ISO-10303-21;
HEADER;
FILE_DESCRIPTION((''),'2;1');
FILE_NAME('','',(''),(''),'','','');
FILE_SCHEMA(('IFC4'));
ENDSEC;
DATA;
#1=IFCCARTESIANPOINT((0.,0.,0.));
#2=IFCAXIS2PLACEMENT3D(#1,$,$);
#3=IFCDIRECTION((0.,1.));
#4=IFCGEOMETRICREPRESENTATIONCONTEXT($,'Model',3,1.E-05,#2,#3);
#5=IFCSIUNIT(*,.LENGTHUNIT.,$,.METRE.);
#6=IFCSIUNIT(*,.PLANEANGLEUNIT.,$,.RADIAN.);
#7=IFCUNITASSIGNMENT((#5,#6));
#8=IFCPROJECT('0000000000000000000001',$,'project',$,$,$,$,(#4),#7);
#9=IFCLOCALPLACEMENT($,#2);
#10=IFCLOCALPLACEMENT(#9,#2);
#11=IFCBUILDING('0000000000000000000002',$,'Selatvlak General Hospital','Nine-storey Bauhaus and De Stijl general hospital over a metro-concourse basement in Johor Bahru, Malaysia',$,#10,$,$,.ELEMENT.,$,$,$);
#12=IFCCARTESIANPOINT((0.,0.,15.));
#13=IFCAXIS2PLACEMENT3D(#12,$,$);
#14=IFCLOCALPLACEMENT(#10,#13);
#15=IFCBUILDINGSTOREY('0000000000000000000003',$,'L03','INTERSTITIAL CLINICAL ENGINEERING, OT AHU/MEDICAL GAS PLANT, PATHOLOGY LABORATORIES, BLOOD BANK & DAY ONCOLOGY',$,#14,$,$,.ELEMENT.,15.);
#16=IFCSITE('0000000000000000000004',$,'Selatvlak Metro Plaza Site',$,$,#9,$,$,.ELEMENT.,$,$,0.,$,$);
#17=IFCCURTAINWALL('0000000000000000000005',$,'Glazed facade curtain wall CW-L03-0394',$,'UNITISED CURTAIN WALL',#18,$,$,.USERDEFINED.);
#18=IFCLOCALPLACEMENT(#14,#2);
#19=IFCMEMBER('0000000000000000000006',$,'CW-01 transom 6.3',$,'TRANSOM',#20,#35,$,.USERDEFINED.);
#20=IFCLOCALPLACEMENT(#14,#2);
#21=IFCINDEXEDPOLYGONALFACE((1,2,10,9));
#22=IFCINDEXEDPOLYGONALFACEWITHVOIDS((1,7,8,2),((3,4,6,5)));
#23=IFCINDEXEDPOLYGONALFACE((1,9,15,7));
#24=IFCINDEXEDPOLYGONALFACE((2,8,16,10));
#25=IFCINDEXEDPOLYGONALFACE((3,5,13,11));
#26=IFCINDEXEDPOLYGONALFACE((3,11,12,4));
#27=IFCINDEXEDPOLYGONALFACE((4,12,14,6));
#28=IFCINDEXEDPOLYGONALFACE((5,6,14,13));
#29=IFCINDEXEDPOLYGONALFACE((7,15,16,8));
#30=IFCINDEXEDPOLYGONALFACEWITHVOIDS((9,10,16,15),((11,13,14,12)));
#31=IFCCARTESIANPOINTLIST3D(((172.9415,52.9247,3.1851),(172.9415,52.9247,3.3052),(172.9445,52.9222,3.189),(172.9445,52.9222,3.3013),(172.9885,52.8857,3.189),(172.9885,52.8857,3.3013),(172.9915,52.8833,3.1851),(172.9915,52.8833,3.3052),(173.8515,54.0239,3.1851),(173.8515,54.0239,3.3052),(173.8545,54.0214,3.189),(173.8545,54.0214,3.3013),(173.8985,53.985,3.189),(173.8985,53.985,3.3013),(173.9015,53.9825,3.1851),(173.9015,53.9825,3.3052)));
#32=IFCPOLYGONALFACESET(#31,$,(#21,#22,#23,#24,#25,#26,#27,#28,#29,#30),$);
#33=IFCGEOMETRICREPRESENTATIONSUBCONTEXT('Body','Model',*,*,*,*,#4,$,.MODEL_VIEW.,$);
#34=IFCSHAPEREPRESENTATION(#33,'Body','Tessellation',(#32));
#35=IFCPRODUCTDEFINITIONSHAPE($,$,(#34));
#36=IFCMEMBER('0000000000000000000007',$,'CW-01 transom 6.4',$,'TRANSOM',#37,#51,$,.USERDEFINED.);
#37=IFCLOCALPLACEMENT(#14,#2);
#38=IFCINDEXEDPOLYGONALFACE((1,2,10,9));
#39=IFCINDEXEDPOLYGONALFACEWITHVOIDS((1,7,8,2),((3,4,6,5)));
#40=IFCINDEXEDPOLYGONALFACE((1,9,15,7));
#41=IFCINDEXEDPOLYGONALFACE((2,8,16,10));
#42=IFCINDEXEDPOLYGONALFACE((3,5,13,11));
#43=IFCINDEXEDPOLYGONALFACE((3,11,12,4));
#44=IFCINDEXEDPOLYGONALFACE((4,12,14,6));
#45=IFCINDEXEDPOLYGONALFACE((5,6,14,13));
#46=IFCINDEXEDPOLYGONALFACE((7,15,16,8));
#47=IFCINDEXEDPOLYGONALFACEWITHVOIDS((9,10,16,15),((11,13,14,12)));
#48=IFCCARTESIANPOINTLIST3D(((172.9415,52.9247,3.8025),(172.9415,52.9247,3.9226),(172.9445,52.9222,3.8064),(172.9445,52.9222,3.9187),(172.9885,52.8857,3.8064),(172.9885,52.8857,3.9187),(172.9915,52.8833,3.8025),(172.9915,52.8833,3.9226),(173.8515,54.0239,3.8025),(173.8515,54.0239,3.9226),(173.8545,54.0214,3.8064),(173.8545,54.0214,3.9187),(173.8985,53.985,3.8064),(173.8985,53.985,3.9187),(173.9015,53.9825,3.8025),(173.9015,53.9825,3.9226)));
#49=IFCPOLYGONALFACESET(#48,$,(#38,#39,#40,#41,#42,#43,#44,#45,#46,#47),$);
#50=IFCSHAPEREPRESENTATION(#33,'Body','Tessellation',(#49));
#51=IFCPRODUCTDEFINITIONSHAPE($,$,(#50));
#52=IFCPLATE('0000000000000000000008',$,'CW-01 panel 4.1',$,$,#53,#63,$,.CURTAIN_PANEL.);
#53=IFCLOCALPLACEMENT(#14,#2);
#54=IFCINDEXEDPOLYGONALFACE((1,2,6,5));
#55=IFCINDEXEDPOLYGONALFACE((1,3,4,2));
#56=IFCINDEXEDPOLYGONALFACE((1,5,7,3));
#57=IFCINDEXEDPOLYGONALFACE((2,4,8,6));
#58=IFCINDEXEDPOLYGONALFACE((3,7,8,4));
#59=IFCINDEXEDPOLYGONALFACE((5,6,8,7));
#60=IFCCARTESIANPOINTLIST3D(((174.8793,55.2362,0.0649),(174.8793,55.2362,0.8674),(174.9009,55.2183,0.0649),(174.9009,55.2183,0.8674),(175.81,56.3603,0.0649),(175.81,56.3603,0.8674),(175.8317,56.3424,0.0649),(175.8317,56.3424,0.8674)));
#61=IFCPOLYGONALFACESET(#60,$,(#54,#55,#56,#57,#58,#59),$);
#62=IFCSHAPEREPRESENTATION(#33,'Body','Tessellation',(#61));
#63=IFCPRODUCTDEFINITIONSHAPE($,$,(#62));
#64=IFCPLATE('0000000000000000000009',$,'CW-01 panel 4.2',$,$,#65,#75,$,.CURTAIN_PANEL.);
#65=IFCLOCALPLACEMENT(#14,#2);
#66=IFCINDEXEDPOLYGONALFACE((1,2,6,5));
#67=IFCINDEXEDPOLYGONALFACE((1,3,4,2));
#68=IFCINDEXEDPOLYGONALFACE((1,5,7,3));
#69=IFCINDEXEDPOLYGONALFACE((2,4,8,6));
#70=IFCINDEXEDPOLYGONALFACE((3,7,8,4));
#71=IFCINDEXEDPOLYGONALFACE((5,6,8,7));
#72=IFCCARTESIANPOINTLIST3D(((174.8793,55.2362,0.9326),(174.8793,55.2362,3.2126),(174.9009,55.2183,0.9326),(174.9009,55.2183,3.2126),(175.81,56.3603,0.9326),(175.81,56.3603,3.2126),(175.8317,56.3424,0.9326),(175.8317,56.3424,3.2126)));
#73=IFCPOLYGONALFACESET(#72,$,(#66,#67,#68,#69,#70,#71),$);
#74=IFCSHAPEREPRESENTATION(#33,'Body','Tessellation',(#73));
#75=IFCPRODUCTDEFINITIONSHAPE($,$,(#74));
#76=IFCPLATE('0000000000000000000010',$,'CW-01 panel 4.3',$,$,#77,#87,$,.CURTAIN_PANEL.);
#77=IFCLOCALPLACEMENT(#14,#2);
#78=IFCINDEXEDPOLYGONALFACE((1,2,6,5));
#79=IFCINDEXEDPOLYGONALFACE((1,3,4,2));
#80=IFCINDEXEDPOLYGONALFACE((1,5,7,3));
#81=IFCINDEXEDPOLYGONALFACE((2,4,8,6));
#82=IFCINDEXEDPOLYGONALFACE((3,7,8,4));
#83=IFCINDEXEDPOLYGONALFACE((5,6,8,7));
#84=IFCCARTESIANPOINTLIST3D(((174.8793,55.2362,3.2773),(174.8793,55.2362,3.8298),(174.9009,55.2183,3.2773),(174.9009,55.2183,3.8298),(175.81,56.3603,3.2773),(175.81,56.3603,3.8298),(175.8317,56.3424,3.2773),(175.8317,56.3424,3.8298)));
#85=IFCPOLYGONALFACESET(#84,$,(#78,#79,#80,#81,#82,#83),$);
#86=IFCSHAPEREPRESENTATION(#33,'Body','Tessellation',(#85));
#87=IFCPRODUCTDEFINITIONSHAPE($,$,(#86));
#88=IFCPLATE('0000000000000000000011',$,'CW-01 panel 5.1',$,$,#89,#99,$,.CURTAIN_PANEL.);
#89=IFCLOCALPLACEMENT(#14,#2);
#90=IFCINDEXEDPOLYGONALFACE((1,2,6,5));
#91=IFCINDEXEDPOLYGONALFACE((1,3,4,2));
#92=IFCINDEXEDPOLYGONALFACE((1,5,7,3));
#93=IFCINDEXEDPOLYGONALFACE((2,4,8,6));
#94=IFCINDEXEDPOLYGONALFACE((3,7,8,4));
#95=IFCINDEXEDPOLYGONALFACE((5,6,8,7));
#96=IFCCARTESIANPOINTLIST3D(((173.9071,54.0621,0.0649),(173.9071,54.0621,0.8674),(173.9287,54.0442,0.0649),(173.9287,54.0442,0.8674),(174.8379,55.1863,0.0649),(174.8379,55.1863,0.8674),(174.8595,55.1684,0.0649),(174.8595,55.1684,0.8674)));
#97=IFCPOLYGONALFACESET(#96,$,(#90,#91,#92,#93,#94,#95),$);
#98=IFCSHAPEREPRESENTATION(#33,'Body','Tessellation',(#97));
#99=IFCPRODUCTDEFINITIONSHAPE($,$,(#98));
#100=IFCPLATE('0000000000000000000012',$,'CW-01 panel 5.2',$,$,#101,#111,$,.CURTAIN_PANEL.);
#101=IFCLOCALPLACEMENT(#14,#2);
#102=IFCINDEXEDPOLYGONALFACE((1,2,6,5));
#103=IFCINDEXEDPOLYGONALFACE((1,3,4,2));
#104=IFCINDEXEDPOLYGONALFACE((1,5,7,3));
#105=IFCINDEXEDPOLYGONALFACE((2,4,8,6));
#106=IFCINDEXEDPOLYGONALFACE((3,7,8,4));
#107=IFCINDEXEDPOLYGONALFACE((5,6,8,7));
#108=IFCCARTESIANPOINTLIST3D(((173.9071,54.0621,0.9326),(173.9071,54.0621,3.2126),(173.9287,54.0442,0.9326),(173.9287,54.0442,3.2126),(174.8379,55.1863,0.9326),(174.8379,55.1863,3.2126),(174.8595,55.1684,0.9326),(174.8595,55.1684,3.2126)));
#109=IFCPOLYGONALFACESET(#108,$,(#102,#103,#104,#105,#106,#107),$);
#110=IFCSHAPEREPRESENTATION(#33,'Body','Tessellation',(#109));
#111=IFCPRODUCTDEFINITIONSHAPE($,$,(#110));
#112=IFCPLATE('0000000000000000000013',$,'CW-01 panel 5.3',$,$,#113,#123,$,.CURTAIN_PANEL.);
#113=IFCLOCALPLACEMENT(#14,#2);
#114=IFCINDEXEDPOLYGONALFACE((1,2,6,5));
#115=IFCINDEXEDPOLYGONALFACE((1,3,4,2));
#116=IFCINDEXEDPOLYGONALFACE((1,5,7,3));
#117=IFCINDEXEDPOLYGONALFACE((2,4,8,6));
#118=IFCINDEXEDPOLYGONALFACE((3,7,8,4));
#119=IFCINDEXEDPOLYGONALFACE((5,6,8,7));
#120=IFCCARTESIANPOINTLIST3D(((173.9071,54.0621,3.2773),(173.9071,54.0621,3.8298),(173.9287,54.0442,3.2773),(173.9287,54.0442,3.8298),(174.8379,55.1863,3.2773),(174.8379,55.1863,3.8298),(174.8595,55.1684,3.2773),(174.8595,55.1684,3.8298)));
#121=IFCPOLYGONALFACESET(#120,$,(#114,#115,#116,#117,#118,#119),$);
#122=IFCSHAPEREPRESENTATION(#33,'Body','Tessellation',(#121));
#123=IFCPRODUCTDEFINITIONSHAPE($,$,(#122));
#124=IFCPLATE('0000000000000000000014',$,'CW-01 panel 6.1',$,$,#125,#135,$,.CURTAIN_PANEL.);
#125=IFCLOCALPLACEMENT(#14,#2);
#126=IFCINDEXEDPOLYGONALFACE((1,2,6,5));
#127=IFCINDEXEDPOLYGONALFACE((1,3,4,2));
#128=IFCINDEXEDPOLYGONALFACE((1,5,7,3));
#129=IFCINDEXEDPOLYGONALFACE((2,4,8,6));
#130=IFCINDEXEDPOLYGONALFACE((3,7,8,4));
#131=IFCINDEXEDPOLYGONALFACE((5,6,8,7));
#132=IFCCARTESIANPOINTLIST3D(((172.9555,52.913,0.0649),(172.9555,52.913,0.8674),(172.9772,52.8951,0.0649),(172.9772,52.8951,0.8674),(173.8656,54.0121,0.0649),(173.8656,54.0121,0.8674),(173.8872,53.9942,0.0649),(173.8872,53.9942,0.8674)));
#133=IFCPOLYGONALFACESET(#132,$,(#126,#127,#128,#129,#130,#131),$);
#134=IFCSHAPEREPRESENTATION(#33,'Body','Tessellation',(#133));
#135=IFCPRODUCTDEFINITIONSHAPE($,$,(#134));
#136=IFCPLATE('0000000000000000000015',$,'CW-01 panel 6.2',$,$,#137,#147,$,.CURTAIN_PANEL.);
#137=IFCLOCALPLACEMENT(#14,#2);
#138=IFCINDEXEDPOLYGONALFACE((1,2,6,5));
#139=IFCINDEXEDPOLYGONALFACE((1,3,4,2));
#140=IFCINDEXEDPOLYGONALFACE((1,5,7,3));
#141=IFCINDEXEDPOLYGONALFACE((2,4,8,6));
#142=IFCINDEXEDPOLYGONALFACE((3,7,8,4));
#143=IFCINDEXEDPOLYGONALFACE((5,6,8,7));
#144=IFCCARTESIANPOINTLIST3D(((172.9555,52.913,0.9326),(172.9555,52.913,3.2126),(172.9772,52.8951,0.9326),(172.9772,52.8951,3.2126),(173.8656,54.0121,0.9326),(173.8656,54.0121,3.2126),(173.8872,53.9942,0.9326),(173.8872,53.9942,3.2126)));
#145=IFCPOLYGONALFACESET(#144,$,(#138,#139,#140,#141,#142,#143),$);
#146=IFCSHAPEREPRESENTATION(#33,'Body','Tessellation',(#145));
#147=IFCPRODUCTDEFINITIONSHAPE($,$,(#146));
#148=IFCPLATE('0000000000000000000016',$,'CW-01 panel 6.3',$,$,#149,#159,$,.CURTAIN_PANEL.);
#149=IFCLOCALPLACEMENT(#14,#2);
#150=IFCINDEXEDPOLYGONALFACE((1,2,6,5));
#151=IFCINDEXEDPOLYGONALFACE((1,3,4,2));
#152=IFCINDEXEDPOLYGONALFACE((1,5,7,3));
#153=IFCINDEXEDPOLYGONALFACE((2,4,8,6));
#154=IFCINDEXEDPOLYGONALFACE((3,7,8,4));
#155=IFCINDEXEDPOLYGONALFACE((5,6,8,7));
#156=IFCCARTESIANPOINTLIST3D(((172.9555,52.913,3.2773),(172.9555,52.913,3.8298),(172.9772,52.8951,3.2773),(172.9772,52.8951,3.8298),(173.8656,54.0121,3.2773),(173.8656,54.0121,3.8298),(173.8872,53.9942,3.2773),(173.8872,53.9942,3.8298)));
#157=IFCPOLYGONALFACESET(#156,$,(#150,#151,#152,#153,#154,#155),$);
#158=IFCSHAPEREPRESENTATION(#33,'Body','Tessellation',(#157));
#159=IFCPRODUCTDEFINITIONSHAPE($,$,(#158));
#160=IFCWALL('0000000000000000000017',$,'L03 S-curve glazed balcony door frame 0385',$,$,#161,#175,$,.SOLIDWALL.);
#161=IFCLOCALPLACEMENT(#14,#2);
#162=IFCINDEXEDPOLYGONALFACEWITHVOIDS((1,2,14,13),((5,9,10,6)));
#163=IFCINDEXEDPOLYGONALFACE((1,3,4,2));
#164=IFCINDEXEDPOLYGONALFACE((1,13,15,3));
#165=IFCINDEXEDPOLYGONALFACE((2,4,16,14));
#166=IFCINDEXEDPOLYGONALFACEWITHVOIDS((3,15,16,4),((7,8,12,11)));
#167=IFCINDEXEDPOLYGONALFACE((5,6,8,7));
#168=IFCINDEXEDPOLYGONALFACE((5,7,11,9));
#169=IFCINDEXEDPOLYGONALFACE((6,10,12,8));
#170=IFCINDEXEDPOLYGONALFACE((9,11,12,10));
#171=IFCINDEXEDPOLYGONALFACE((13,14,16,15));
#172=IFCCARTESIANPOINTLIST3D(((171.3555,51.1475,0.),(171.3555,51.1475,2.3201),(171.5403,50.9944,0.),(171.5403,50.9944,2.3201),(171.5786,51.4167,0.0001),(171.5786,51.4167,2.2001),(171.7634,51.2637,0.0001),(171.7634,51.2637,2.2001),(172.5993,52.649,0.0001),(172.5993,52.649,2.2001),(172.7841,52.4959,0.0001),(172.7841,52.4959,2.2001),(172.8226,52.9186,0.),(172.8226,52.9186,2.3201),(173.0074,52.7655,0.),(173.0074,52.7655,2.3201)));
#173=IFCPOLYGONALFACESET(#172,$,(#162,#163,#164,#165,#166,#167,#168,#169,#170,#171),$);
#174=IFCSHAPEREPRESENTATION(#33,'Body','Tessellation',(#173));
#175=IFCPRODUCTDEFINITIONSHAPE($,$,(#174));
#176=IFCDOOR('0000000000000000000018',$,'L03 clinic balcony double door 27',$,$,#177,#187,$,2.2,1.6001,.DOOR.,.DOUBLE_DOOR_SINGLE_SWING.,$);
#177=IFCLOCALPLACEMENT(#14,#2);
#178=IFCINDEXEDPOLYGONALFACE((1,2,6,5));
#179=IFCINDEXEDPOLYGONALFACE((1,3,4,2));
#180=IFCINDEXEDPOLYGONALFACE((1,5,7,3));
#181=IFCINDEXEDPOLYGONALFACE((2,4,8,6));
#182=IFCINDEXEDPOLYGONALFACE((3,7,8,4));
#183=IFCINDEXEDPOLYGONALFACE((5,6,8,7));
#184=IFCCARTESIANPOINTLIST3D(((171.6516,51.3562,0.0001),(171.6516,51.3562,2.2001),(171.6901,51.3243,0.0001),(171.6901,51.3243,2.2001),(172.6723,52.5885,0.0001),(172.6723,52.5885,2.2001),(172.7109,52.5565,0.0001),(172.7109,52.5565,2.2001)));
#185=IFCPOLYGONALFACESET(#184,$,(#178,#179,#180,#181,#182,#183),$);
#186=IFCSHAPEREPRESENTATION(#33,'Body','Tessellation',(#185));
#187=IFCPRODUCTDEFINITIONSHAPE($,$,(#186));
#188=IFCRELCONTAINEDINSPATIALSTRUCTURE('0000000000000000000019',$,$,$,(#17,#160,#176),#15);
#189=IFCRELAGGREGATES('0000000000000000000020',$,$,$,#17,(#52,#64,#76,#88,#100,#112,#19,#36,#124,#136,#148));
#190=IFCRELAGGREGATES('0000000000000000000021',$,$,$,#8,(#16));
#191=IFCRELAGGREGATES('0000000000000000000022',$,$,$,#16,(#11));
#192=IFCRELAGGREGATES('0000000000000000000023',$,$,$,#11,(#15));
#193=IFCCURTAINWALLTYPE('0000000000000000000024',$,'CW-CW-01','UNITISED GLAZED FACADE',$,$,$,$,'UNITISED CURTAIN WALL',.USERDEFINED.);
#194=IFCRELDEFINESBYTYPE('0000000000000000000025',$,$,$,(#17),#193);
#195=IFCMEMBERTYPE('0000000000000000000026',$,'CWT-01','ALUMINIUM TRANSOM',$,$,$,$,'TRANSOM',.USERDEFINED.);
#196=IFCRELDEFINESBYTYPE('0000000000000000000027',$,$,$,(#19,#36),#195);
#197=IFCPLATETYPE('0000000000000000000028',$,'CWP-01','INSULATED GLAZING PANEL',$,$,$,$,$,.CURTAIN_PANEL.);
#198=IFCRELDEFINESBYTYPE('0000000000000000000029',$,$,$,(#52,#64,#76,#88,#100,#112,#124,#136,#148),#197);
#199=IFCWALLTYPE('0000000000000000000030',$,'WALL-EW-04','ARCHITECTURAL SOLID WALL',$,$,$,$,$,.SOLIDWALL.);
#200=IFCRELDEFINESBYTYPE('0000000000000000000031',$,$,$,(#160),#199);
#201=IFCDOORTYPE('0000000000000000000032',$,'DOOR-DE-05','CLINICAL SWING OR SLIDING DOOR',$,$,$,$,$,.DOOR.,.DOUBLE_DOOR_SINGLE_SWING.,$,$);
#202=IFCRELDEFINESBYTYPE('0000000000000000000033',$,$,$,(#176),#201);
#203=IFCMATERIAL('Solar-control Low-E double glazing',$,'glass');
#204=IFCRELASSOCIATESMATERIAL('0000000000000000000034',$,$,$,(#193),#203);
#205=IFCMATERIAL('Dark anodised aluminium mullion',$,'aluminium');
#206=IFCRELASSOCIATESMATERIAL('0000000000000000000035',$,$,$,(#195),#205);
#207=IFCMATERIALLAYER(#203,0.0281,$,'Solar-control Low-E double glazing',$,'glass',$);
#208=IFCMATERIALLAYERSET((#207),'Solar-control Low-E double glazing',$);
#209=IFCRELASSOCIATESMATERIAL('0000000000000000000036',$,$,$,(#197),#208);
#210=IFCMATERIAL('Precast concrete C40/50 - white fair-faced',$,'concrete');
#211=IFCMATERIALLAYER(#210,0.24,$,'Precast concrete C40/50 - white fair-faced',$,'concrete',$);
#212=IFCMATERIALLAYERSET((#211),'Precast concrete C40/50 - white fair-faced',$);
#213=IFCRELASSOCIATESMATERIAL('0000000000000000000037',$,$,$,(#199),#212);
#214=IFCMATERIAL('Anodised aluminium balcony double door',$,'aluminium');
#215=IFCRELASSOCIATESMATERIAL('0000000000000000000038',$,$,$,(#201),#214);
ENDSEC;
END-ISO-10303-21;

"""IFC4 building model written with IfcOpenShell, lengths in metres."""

from ifc_helpers import new_model, si_unit, direction, frame, frame_2d, origin, origin_2d, place, context, subcontext, project, spatial, rectangle, hollow_rectangle, extrude, material, layer, layer_set, material_profile, profile_set, type_object, element, fill, aggregate, save


model = new_model("IFC4")

# Units and contexts
model_context = context("Model", 3, precision=1e-05, world=origin(), true_north=direction((0.0, 1.0)))
body_context = subcontext(model_context, "Body", "Model", "MODEL_VIEW")
ifc_project = project(units=[si_unit("LENGTHUNIT", "METRE"), si_unit("PLANEANGLEUNIT", "RADIAN")], contexts=[model_context])

# Site, building, storey
site_placement = place(None, origin())
site = spatial("IfcSite", under=ifc_project, at=site_placement, Name="Selatvlak Metro Plaza Site", CompositionType="ELEMENT", RefElevation=0.0)
building_placement = place(site_placement, origin())
building = spatial("IfcBuilding", under=site, at=building_placement, Name="Selatvlak General Hospital", Description="Nine-storey Bauhaus and De Stijl general hospital over a metro-concourse basement in Johor Bahru, Malaysia", CompositionType="ELEMENT")
storey_placement = place(building_placement, frame((0.0, 0.0, 15.0)))
storey = spatial("IfcBuildingStorey", under=building, at=storey_placement, Name="L03", Description="INTERSTITIAL CLINICAL ENGINEERING, OT AHU/MEDICAL GAS PLANT, PATHOLOGY LABORATORIES, BLOOD BANK & DAY ONCOLOGY", CompositionType="ELEMENT", Elevation=15.0)

# Shared definitions
ifc_material_1 = material(Name="Solar-control Low-E double glazing", Category="glass")
ifc_material_2 = material(Name="Dark anodised aluminium mullion", Category="aluminium")

# Curtain wall
curtain_wall_type_1 = type_object("IfcCurtainWallType", Name="CW-CW-01", Description="UNITISED GLAZED FACADE", ElementType="UNITISED CURTAIN WALL", PredefinedType="USERDEFINED", material=ifc_material_1)
curtain_wall_1_placement = place(storey_placement, origin())
curtain_wall_1 = element("IfcCurtainWall", 1, at=curtain_wall_1_placement, inside=storey, type_object=curtain_wall_type_1, Name="Glazed facade curtain wall CW-L03-0394", ObjectType="UNITISED CURTAIN WALL", PredefinedType="USERDEFINED")

# Members
ifc_material_profile_1 = material_profile(ifc_material_2, hollow_rectangle(XDim=0.0649, YDim=0.1201, WallThickness=0.0039, at=origin_2d()), Name="AL-TRN 65x120x4")
ifc_profile_set_1 = profile_set([ifc_material_profile_1], Name="Dark anodised aluminium mullion")
member_type_1 = type_object("IfcMemberType", Name="CWT-01", Description="ALUMINIUM TRANSOM", ElementType="TRANSOM", PredefinedType="USERDEFINED", material=ifc_profile_set_1)
member_1_placement = place(storey_placement, frame((173.8765, 54.0032, 3.2451), z_axis=(-0.63769, -0.770293, 0.0), x_axis=(0.770293, -0.63769, 0.0)))
member_1 = element("IfcMember", 2, at=member_1_placement, type_object=member_type_1, Name="CW-01 transom 6.3", ObjectType="TRANSOM", PredefinedType="USERDEFINED", context=body_context, shape_type="SweptSolid", body=[
    extrude(hollow_rectangle(XDim=0.0649, YDim=0.1201, WallThickness=0.0039, at=origin_2d()), origin(), (0.0, 0.0, 1.0), 1.427),
])
member_2_placement = place(storey_placement, frame((173.8765, 54.0032, 3.8625), z_axis=(-0.63769, -0.770293, 0.0), x_axis=(0.770293, -0.63769, 0.0)))
member_2 = element("IfcMember", 3, at=member_2_placement, type_object=member_type_1, Name="CW-01 transom 6.4", ObjectType="TRANSOM", PredefinedType="USERDEFINED", context=body_context, shape_type="SweptSolid", body=[
    extrude(hollow_rectangle(XDim=0.0649, YDim=0.1201, WallThickness=0.0039, at=origin_2d()), origin(), (0.0, 0.0, 1.0), 1.427),
])

# Plates
ifc_layer_1 = layer(ifc_material_1, 0.0281, Name="Solar-control Low-E double glazing", Category="glass")
ifc_layer_set_1 = layer_set([ifc_layer_1], Name="Solar-control Low-E double glazing")
plate_type = type_object("IfcPlateType", Name="CWP-01", Description="INSULATED GLAZING PANEL", PredefinedType="CURTAIN_PANEL", material=ifc_layer_set_1)
plate_1_placement = place(storey_placement, frame((175.3555, 55.7893, 0.0649), z_axis=(0.0, 0.0, 1.0), x_axis=(-0.63774, -0.770252, 0.0)))
plate_1 = element("IfcPlate", 4, at=plate_1_placement, type_object=plate_type, Name="CW-01 panel 4.1", PredefinedType="CURTAIN_PANEL", context=body_context, shape_type="SweptSolid", body=[
    extrude(rectangle(XDim=1.4595, YDim=0.0281, at=origin_2d()), origin(), (0.0, 0.0, 1.0), 0.8025),
])
plate_2_placement = place(storey_placement, frame((175.3555, 55.7893, 0.9326), z_axis=(0.0, 0.0, 1.0), x_axis=(-0.63774, -0.770252, 0.0)))
plate_2 = element("IfcPlate", 5, at=plate_2_placement, type_object=plate_type, Name="CW-01 panel 4.2", PredefinedType="CURTAIN_PANEL", context=body_context, shape_type="SweptSolid", body=[
    extrude(rectangle(XDim=1.4595, YDim=0.0281, at=origin_2d()), origin(), (0.0, 0.0, 1.0), 2.28),
])
plate_3_placement = place(storey_placement, frame((175.3555, 55.7893, 3.2773), z_axis=(0.0, 0.0, 1.0), x_axis=(-0.63774, -0.770252, 0.0)))
plate_3 = element("IfcPlate", 6, at=plate_3_placement, type_object=plate_type, Name="CW-01 panel 4.3", PredefinedType="CURTAIN_PANEL", context=body_context, shape_type="SweptSolid", body=[
    extrude(rectangle(XDim=1.4595, YDim=0.0281, at=origin_2d()), origin(), (0.0, 0.0, 1.0), 0.5525),
])
plate_4_placement = place(storey_placement, frame((174.3833, 54.6152, 0.0649), z_axis=(0.0, 0.0, 1.0), x_axis=(-0.63774, -0.770252, 0.0)))
plate_4 = element("IfcPlate", 7, at=plate_4_placement, type_object=plate_type, Name="CW-01 panel 5.1", PredefinedType="CURTAIN_PANEL", context=body_context, shape_type="SweptSolid", body=[
    extrude(rectangle(XDim=1.4595, YDim=0.0281, at=origin_2d()), origin(), (0.0, 0.0, 1.0), 0.8025),
])
plate_5_placement = place(storey_placement, frame((174.3833, 54.6152, 0.9326), z_axis=(0.0, 0.0, 1.0), x_axis=(-0.63774, -0.770252, 0.0)))
plate_5 = element("IfcPlate", 8, at=plate_5_placement, type_object=plate_type, Name="CW-01 panel 5.2", PredefinedType="CURTAIN_PANEL", context=body_context, shape_type="SweptSolid", body=[
    extrude(rectangle(XDim=1.4595, YDim=0.0281, at=origin_2d()), origin(), (0.0, 0.0, 1.0), 2.28),
])
plate_6_placement = place(storey_placement, frame((174.3833, 54.6152, 3.2773), z_axis=(0.0, 0.0, 1.0), x_axis=(-0.63774, -0.770252, 0.0)))
plate_6 = element("IfcPlate", 9, at=plate_6_placement, type_object=plate_type, Name="CW-01 panel 5.3", PredefinedType="CURTAIN_PANEL", context=body_context, shape_type="SweptSolid", body=[
    extrude(rectangle(XDim=1.4595, YDim=0.0281, at=origin_2d()), origin(), (0.0, 0.0, 1.0), 0.5525),
])
plate_7_placement = place(storey_placement, frame((173.4214, 53.4536, 0.0649), z_axis=(0.0, 0.0, 1.0), x_axis=(-0.63774, -0.770252, 0.0)))
plate_7 = element("IfcPlate", 10, at=plate_7_placement, type_object=plate_type, Name="CW-01 panel 6.1", PredefinedType="CURTAIN_PANEL", context=body_context, shape_type="SweptSolid", body=[
    extrude(rectangle(XDim=1.427, YDim=0.0281, at=origin_2d()), origin(), (0.0, 0.0, 1.0), 0.8025),
])
plate_8_placement = place(storey_placement, frame((173.4214, 53.4536, 0.9326), z_axis=(0.0, 0.0, 1.0), x_axis=(-0.63774, -0.770252, 0.0)))
plate_8 = element("IfcPlate", 11, at=plate_8_placement, type_object=plate_type, Name="CW-01 panel 6.2", PredefinedType="CURTAIN_PANEL", context=body_context, shape_type="SweptSolid", body=[
    extrude(rectangle(XDim=1.427, YDim=0.0281, at=origin_2d()), origin(), (0.0, 0.0, 1.0), 2.28),
])
plate_9_placement = place(storey_placement, frame((173.4214, 53.4536, 3.2773), z_axis=(0.0, 0.0, 1.0), x_axis=(-0.63774, -0.770252, 0.0)))
plate_9 = element("IfcPlate", 12, at=plate_9_placement, type_object=plate_type, Name="CW-01 panel 6.3", PredefinedType="CURTAIN_PANEL", context=body_context, shape_type="SweptSolid", body=[
    extrude(rectangle(XDim=1.427, YDim=0.0281, at=origin_2d()), origin(), (0.0, 0.0, 1.0), 0.5525),
])
aggregate(curtain_wall_1, [plate_1, plate_2, plate_3, plate_4, plate_5, plate_6, member_1, member_2, plate_7, plate_8, plate_9])

# Wall, opening, door
ifc_material_3 = material(Name="Precast concrete C40/50 - white fair-faced", Category="concrete")
ifc_layer_2 = layer(ifc_material_3, 0.24, Name="Precast concrete C40/50 - white fair-faced", Category="concrete")
ifc_layer_set_2 = layer_set([ifc_layer_2], Name="Precast concrete C40/50 - white fair-faced")
wall_type_1 = type_object("IfcWallType", Name="WALL-EW-04", Description="ARCHITECTURAL SOLID WALL", PredefinedType="SOLIDWALL", material=ifc_layer_set_2)
wall_1_placement = place(storey_placement, frame((172.915, 52.842, 0.0), z_axis=(0.0, 0.0, 1.0), x_axis=(-0.637926, -0.770098, 0.0)))
wall_1 = element("IfcWall", 13, at=wall_1_placement, inside=storey, type_object=wall_type_1, Name="L03 S-curve glazed balcony door frame 0385", PredefinedType="SOLIDWALL", context=body_context, shape_type="SweptSolid", body=[
    extrude(rectangle(XDim=2.2998, YDim=0.24, at=frame_2d((1.1499, 0.0))), origin(), (0.0, 0.0, 1.0), 2.3201),
])
opening_placement = place(wall_1_placement, frame((0.3501, 0.0, 0.0)))
opening = element("IfcOpeningElement", 14, at=opening_placement, cuts=wall_1, PredefinedType="OPENING", context=body_context, shape_type="SweptSolid", body=[
    extrude(rectangle(XDim=1.6001, YDim=2.2, at=frame_2d((0.8, 1.1001))), frame((0.0, 0.1299, 0.0), z_axis=(0.0, -1.0, 0.0), x_axis=(1.0, 0.0, 0.0)), (0.0, 0.0, 1.0), 0.26),
])
ifc_material_4 = material(Name="Anodised aluminium balcony double door", Category="aluminium")
door_type = type_object("IfcDoorType", Name="DOOR-DE-05", Description="CLINICAL SWING OR SLIDING DOOR", OperationType="DOUBLE_DOOR_SINGLE_SWING", PredefinedType="DOOR", material=ifc_material_4)
door_placement = place(opening_placement, origin())
door = element("IfcDoor", 15, at=door_placement, inside=storey, type_object=door_type, Name="L03 clinic balcony double door 27", OperationType="DOUBLE_DOOR_SINGLE_SWING", OverallHeight=2.2, OverallWidth=1.6001, PredefinedType="DOOR", context=body_context, shape_type="SweptSolid", body=[
    extrude(rectangle(XDim=1.6001, YDim=2.2, at=frame_2d((0.8, 1.1001))), frame((0.0, 0.0249, 0.0), z_axis=(0.0, -1.0, 0.0), x_axis=(1.0, 0.0, 0.0)), (0.0, 0.0, 1.0), 0.05),
])
fill(opening, door)

save(model, "model.ifc")
